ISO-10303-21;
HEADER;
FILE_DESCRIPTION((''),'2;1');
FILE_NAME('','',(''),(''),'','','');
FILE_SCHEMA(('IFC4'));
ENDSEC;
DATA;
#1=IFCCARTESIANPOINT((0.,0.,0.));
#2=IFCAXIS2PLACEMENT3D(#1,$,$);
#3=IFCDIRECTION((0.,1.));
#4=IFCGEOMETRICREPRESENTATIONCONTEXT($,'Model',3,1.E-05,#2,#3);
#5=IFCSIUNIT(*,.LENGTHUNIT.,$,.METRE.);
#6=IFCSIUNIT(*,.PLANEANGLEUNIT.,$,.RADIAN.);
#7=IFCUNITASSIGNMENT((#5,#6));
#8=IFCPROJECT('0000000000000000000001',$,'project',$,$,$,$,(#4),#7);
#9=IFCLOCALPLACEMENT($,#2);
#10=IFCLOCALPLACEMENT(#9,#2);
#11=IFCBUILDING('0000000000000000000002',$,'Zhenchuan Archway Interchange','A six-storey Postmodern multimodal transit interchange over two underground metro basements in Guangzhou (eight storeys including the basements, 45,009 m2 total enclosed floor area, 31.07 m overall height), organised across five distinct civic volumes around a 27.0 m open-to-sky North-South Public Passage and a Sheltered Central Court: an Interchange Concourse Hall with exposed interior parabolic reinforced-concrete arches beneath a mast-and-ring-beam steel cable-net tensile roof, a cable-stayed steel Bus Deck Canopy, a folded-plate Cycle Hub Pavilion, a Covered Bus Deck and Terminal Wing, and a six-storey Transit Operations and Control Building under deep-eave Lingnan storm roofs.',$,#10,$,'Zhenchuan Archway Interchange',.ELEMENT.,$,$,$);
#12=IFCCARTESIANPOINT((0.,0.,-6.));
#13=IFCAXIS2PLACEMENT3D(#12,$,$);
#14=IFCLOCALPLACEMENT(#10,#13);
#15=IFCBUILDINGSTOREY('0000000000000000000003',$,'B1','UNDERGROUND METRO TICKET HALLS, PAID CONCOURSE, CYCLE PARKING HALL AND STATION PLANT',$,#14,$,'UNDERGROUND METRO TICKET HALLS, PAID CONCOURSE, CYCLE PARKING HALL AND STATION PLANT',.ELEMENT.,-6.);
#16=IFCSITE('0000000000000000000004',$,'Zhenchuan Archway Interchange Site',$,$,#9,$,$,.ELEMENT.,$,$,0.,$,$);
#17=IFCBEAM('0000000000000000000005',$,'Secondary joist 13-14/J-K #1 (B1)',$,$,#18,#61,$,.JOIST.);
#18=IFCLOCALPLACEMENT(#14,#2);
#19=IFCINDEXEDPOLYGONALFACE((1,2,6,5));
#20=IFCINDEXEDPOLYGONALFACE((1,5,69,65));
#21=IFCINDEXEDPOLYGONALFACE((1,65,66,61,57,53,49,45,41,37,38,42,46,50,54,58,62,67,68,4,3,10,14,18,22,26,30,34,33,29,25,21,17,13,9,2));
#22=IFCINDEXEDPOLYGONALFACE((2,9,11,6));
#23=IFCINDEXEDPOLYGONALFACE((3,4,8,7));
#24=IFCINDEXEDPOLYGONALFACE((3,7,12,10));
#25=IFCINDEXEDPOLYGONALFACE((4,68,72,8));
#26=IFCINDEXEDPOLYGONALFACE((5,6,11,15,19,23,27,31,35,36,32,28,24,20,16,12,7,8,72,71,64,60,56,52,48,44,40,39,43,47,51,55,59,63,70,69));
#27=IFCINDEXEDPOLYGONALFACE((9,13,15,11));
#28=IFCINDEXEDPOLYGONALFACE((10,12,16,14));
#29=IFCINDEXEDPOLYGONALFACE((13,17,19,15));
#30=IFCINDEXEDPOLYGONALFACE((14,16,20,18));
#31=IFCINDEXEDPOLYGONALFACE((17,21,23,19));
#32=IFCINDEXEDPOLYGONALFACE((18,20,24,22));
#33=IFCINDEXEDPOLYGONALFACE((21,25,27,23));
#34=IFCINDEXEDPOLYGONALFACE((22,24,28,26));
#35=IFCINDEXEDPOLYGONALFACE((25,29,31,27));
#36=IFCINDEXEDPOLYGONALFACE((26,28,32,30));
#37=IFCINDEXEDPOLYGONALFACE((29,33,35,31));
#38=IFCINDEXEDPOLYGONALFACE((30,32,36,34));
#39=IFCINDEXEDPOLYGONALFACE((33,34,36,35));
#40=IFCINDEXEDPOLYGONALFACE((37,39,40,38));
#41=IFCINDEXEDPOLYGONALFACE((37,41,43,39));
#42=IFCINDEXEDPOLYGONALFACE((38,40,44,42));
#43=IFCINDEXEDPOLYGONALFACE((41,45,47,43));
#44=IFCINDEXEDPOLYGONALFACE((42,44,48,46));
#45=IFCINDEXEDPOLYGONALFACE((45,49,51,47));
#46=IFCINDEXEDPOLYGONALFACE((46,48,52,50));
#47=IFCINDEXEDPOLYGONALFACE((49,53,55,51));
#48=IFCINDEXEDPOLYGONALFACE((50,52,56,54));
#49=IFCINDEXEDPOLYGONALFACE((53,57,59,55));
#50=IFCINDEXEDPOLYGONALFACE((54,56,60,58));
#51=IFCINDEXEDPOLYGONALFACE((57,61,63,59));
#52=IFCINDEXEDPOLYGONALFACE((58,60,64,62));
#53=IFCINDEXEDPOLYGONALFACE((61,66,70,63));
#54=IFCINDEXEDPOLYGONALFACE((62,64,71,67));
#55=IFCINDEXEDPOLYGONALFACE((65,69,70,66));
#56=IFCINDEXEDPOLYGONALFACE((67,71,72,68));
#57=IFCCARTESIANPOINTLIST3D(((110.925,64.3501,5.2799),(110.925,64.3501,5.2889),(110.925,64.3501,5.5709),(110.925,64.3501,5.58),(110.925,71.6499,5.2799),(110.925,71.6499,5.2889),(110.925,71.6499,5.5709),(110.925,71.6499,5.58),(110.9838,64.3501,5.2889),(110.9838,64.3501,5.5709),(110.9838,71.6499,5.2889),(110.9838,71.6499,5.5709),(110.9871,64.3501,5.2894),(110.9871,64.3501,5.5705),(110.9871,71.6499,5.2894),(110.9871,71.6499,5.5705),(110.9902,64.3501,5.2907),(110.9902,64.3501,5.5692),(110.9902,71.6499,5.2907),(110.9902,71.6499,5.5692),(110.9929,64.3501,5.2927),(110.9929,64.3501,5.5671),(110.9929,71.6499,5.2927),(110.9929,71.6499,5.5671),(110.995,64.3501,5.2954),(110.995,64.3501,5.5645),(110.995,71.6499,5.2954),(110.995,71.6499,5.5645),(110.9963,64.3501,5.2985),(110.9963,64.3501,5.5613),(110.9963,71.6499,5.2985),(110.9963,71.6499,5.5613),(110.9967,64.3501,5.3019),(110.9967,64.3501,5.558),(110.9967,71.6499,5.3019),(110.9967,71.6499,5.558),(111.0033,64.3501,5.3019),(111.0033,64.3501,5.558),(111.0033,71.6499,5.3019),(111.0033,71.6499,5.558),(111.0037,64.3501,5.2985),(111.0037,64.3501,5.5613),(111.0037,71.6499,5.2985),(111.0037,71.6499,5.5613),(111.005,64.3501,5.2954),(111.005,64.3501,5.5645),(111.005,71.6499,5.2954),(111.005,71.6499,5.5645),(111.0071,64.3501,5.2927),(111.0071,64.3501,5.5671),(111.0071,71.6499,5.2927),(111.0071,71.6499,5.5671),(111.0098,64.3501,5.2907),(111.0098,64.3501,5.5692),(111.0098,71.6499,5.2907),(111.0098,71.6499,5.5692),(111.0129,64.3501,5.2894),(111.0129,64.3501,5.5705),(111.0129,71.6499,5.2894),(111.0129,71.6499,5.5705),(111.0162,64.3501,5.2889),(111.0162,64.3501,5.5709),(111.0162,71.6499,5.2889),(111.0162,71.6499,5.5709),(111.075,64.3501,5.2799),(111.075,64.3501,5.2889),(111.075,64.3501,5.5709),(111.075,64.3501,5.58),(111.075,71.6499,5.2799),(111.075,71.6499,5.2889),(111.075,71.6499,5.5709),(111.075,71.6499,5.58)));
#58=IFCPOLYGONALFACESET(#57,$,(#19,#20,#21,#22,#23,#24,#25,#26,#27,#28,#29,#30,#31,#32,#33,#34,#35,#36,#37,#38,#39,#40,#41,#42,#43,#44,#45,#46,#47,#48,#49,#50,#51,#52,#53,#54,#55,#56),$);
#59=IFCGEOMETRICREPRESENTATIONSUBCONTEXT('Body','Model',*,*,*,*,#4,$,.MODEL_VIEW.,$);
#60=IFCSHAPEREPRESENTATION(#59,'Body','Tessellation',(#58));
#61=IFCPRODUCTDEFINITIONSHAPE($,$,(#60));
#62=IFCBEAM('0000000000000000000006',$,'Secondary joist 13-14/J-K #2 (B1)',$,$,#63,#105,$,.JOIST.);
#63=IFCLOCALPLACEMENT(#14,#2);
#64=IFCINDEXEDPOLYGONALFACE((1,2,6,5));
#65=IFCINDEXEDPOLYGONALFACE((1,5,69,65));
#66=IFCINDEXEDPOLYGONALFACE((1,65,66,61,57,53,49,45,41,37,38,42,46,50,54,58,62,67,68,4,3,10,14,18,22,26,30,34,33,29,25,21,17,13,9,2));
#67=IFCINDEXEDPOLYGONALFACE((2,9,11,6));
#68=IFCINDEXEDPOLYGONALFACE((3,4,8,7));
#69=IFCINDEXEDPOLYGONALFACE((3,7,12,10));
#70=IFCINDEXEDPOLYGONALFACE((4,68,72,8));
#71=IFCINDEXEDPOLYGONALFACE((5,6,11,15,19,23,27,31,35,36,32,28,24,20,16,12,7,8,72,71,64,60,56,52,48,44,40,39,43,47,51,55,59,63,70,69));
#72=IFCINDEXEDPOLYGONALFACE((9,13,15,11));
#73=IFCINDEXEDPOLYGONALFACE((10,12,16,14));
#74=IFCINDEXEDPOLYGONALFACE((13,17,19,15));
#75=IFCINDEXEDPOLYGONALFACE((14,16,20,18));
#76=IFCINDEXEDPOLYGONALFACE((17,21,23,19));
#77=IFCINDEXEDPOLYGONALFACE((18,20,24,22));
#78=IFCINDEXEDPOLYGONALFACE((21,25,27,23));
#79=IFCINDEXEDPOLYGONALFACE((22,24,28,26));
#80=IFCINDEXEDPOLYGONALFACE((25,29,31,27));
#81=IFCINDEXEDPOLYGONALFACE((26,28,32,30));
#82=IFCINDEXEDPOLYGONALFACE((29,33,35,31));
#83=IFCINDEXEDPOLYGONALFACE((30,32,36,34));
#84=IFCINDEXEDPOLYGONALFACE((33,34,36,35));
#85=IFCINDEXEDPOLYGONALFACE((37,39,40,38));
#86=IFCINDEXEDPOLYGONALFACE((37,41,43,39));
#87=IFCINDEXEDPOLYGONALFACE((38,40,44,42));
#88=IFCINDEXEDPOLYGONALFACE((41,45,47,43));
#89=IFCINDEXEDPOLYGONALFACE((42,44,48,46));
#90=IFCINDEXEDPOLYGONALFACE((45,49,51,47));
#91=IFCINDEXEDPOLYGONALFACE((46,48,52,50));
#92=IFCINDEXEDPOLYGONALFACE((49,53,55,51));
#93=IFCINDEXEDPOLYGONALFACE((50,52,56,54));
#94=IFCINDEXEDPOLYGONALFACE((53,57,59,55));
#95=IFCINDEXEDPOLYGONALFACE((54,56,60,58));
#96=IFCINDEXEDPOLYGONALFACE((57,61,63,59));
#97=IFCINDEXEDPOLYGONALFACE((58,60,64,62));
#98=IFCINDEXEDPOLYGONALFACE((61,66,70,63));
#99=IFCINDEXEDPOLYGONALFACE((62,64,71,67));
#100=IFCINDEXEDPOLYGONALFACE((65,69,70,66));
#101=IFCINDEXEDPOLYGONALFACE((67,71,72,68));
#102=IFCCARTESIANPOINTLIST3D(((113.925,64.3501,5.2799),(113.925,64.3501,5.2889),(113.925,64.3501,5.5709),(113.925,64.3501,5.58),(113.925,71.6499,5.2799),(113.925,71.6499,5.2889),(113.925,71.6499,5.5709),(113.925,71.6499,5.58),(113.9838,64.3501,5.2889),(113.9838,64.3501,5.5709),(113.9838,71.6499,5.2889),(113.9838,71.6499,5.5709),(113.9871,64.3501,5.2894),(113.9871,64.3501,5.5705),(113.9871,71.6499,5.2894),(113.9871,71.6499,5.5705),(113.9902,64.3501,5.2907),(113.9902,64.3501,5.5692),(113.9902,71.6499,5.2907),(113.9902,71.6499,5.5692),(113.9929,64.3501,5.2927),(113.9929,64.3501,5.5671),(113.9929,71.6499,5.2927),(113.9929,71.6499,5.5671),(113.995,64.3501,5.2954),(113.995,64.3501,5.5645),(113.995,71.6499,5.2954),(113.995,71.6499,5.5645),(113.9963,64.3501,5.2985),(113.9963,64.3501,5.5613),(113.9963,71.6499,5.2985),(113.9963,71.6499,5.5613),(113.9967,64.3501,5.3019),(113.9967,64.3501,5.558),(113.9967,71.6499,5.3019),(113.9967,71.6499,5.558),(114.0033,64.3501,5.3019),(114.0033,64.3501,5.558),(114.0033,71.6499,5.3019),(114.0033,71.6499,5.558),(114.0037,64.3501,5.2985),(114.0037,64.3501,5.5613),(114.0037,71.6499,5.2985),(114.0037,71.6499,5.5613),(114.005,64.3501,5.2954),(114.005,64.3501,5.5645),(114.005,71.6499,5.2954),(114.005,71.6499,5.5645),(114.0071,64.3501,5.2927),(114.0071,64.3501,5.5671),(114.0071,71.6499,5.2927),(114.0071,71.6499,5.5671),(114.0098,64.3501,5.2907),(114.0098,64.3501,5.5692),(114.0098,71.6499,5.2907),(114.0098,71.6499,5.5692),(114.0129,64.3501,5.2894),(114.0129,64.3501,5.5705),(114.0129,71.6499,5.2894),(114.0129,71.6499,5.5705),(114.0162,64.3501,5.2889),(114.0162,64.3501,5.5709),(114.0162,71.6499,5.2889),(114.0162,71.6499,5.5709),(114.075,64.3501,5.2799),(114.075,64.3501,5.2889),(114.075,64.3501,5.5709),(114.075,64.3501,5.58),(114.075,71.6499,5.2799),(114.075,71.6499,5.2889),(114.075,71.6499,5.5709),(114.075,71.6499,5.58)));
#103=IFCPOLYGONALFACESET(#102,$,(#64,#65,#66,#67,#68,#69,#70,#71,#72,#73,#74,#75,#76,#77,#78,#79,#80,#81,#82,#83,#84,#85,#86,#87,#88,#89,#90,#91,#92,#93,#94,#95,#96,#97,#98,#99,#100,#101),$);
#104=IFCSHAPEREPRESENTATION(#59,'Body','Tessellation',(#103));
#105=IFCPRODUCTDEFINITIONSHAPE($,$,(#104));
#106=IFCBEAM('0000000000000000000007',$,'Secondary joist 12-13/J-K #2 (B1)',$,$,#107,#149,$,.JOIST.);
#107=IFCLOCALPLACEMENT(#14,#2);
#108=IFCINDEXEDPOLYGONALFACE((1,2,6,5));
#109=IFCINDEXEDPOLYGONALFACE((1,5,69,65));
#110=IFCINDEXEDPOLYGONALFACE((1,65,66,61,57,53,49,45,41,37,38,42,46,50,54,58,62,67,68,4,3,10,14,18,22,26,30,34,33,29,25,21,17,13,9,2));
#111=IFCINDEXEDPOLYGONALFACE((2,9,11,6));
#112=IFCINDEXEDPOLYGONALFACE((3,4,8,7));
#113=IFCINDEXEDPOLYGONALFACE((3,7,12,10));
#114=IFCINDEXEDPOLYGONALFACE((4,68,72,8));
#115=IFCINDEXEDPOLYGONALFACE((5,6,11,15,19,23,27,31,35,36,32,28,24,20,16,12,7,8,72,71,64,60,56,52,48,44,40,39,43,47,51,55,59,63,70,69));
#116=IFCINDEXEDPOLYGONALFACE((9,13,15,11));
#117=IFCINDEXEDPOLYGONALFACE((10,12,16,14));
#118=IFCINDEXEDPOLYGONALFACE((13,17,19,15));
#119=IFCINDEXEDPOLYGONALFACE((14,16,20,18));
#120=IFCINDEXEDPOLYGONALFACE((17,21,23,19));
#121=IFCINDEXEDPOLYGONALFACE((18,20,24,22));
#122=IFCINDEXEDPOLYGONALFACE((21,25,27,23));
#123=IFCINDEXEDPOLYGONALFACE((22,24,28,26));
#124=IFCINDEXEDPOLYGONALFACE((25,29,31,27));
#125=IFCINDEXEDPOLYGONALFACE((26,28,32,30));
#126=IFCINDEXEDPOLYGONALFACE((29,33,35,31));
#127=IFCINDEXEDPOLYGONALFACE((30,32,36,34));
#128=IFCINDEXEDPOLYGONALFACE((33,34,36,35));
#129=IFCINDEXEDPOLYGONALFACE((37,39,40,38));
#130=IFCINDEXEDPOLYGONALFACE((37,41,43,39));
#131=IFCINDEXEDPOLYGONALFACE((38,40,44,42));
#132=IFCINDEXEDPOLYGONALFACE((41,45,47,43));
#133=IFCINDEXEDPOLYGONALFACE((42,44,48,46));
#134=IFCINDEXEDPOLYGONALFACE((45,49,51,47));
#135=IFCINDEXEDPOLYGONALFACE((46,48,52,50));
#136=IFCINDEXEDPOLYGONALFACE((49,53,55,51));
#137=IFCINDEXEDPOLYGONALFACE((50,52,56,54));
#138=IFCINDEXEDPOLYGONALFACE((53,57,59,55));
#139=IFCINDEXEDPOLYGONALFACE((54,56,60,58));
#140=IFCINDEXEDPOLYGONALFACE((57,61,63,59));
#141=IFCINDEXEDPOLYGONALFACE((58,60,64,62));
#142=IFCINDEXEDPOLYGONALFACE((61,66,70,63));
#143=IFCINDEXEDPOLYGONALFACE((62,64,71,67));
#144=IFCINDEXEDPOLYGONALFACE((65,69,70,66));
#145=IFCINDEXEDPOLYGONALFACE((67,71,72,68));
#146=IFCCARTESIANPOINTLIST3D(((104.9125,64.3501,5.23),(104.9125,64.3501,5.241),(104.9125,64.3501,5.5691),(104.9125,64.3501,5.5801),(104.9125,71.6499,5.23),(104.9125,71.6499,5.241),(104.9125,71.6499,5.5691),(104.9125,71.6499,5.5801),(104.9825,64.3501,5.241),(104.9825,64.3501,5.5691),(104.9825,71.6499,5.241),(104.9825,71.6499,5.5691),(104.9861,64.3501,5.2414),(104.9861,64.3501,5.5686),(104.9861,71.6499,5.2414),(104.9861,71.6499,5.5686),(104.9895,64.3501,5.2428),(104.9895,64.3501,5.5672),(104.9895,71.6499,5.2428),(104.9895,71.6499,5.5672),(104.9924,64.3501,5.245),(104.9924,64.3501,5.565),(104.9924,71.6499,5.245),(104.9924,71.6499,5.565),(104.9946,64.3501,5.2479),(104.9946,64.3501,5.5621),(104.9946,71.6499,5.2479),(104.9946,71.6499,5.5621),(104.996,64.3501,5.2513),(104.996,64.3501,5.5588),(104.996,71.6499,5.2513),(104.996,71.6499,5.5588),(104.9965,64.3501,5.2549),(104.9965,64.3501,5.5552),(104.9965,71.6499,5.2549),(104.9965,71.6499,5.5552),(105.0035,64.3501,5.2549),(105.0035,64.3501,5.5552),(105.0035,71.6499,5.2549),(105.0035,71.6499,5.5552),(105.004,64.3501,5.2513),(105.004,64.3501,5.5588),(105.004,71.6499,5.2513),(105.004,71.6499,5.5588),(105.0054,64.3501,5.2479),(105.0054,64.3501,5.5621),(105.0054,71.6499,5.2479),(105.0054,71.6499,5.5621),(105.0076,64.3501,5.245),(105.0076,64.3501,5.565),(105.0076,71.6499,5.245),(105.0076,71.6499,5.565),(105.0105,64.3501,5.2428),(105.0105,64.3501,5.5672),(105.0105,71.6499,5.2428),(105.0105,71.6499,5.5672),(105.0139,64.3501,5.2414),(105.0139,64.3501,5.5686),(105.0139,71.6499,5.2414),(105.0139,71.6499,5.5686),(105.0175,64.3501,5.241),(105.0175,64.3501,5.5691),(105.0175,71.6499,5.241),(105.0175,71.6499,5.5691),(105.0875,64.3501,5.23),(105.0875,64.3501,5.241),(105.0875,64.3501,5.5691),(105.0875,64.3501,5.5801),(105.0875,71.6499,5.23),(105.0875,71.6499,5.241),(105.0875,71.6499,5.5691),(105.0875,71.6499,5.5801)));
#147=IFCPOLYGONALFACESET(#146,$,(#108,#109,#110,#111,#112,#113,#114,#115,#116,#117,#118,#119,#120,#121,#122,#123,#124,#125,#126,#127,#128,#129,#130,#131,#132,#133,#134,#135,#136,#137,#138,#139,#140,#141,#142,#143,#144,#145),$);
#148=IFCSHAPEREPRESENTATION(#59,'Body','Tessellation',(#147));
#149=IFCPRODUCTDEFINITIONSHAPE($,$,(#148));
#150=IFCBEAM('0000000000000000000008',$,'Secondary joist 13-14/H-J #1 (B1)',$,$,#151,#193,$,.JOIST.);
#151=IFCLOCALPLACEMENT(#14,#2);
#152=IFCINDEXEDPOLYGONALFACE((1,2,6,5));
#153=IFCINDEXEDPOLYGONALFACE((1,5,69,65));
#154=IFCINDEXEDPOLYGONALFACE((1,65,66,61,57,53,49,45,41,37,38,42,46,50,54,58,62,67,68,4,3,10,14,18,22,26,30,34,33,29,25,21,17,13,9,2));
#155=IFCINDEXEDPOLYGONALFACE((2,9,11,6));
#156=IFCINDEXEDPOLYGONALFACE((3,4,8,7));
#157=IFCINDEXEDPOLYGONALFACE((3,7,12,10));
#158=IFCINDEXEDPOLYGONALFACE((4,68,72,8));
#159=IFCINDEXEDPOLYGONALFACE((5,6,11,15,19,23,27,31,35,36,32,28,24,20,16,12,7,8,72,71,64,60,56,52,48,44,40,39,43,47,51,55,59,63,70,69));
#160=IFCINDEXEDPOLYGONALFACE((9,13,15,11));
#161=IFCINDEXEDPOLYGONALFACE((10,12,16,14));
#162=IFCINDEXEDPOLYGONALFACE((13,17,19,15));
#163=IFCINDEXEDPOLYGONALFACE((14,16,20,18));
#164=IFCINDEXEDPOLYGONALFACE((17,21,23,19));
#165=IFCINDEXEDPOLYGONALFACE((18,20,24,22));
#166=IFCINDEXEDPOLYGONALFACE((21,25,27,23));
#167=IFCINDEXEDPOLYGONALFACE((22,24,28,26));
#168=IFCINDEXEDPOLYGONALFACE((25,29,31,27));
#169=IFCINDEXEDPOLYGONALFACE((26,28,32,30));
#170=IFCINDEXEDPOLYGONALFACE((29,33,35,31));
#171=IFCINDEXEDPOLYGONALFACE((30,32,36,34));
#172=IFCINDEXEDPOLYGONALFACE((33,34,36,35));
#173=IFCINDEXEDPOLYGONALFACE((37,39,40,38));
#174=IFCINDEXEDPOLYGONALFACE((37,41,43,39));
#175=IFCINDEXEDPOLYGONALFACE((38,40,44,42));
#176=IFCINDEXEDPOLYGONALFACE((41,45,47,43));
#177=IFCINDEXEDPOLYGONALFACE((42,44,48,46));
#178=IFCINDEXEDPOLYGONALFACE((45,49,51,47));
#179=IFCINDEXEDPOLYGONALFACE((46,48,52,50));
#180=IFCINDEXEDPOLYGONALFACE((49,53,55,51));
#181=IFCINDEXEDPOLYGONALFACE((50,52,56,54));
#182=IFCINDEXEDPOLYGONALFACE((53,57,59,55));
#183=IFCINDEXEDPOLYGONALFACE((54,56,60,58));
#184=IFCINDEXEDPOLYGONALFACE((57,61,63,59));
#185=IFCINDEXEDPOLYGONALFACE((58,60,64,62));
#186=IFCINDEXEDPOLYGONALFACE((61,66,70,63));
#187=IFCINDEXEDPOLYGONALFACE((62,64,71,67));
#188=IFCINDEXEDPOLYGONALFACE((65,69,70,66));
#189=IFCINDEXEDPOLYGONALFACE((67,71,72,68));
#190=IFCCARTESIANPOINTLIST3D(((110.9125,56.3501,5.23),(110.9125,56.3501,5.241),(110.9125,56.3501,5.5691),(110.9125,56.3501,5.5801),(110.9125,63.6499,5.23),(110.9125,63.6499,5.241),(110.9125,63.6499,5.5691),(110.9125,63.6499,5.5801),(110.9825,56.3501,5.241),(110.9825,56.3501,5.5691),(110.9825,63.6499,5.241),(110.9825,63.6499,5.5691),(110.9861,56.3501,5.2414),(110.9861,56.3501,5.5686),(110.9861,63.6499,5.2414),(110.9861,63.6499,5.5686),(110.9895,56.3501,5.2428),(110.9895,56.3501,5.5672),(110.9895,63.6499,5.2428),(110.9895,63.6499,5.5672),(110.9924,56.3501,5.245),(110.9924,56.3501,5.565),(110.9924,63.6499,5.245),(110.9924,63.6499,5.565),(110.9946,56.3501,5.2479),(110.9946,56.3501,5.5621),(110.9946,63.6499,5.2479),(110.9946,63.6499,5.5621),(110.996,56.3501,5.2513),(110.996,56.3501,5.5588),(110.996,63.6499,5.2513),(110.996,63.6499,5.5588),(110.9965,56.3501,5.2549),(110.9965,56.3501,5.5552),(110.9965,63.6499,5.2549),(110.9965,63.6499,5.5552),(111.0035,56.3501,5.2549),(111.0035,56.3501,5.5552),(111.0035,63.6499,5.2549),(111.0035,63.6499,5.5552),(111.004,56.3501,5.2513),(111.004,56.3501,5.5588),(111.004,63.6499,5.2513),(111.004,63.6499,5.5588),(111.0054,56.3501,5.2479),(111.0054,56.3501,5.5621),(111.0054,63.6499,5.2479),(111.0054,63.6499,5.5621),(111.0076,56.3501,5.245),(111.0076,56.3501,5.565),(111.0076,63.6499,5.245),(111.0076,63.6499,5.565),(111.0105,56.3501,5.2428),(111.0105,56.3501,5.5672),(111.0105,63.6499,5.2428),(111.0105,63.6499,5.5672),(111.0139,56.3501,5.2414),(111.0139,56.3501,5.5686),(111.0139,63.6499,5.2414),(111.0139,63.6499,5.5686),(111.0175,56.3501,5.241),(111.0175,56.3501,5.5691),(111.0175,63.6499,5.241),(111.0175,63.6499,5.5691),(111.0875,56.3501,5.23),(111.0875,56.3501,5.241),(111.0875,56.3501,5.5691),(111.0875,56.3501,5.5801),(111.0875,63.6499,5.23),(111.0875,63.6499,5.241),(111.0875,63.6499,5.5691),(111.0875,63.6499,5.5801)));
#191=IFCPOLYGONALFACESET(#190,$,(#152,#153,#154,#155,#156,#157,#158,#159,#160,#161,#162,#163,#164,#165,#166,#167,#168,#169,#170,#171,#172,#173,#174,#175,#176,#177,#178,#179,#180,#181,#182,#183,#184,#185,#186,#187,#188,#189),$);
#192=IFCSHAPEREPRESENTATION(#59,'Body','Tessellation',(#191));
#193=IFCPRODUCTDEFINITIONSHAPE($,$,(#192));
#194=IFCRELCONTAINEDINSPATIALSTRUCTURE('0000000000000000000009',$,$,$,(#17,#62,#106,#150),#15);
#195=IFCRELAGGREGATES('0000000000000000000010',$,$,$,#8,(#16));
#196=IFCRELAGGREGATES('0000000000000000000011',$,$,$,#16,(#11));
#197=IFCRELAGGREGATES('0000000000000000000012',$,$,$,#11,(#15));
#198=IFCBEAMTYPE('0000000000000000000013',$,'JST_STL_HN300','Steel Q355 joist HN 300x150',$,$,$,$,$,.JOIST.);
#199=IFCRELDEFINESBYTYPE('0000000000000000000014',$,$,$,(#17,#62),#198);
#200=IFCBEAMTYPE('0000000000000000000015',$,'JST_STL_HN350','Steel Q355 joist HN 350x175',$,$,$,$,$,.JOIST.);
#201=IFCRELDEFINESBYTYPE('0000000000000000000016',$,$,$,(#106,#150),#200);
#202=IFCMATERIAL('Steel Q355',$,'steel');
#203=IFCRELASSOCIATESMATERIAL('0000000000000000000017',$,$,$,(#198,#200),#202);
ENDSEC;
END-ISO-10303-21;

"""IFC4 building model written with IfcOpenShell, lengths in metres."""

from ifc_helpers import new_model, si_unit, direction, frame, origin, origin_2d, place, context, subcontext, project, spatial, i_section, extrude, material, material_profile, profile_set, type_object, element, save


model = new_model("IFC4")

# Units and contexts
model_context = context("Model", 3, precision=1e-05, world=origin(), true_north=direction((0.0, 1.0)))
body_context = subcontext(model_context, "Body", "Model", "MODEL_VIEW")
ifc_project = project(units=[si_unit("LENGTHUNIT", "METRE"), si_unit("PLANEANGLEUNIT", "RADIAN")], contexts=[model_context])

# Site, building, storey
site_placement = place(None, origin())
site = spatial("IfcSite", under=ifc_project, at=site_placement, Name="Zhenchuan Archway Interchange Site", CompositionType="ELEMENT", RefElevation=0.0)
building_placement = place(site_placement, origin())
building = spatial("IfcBuilding", under=site, at=building_placement, Name="Zhenchuan Archway Interchange", Description="A six-storey Postmodern multimodal transit interchange over two underground metro basements in Guangzhou (eight storeys including the basements, 45,009 m2 total enclosed floor area, 31.07 m overall height), organised across five distinct civic volumes around a 27.0 m open-to-sky North-South Public Passage and a Sheltered Central Court: an Interchange Concourse Hall with exposed interior parabolic reinforced-concrete arches beneath a mast-and-ring-beam steel cable-net tensile roof, a cable-stayed steel Bus Deck Canopy, a folded-plate Cycle Hub Pavilion, a Covered Bus Deck and Terminal Wing, and a six-storey Transit Operations and Control Building under deep-eave Lingnan storm roofs.", LongName="Zhenchuan Archway Interchange", CompositionType="ELEMENT")
storey_placement = place(building_placement, frame((0.0, 0.0, -6.0)))
storey = spatial("IfcBuildingStorey", under=building, at=storey_placement, Name="B1", Description="UNDERGROUND METRO TICKET HALLS, PAID CONCOURSE, CYCLE PARKING HALL AND STATION PLANT", LongName="UNDERGROUND METRO TICKET HALLS, PAID CONCOURSE, CYCLE PARKING HALL AND STATION PLANT", CompositionType="ELEMENT", Elevation=-6.0)

# Beams
ifc_material_1 = material(Name="Steel Q355", Category="steel")
ifc_material_profile_1 = material_profile(ifc_material_1, i_section(OverallWidth=0.1499, OverallDepth=0.3, WebThickness=0.0066, FlangeThickness=0.009, FilletRadius=0.0129, at=origin_2d()), Name="HN 300x150")
ifc_profile_set_1 = profile_set([ifc_material_profile_1], Name="Steel Q355")
beam_type_1 = type_object("IfcBeamType", Name="JST_STL_HN300", Description="Steel Q355 joist HN 300x150", PredefinedType="JOIST", material=ifc_profile_set_1)
for number, where, z_axis, x_axis, name in (
    (1, (111.0, 64.3501, 5.4299), (0.0, 1.0, 0.0), (-1.0, 0.0, 0.0), "Secondary joist 13-14/J-K #1 (B1)"),
    (2, (114.0, 64.3501, 5.4299), (0.0, 1.0, 0.0), (-1.0, 0.0, 0.0), "Secondary joist 13-14/J-K #2 (B1)"),
):
    element("IfcBeam", number, at=place(storey_placement, frame(where, z_axis=z_axis, x_axis=x_axis)), inside=storey, type_object=beam_type_1, Name=name, PredefinedType="JOIST", context=body_context, shape_type="SweptSolid", body=[
        extrude(i_section(OverallWidth=0.1499, OverallDepth=0.3, WebThickness=0.0066, FlangeThickness=0.009, FilletRadius=0.0129, at=origin_2d()), origin(), (0.0, 0.0, 1.0), 7.2998),
    ])
ifc_material_profile_2 = material_profile(ifc_material_1, i_section(OverallWidth=0.175, OverallDepth=0.3501, WebThickness=0.0071, FlangeThickness=0.011, FilletRadius=0.0139, at=origin_2d()), Name="HN 350x175")
ifc_profile_set_2 = profile_set([ifc_material_profile_2], Name="Steel Q355")
beam_type_2 = type_object("IfcBeamType", Name="JST_STL_HN350", Description="Steel Q355 joist HN 350x175", PredefinedType="JOIST", material=ifc_profile_set_2)
for number, where, z_axis, x_axis, name in (
    (3, (105.0, 64.3501, 5.405), (0.0, 1.0, 0.0), (-1.0, 0.0, 0.0), "Secondary joist 12-13/J-K #2 (B1)"),
    (4, (111.0, 56.3501, 5.405), (0.0, 1.0, 0.0), (-1.0, 0.0, 0.0), "Secondary joist 13-14/H-J #1 (B1)"),
):
    element("IfcBeam", number, at=place(storey_placement, frame(where, z_axis=z_axis, x_axis=x_axis)), inside=storey, type_object=beam_type_2, Name=name, PredefinedType="JOIST", context=body_context, shape_type="SweptSolid", body=[
        extrude(i_section(OverallWidth=0.175, OverallDepth=0.3501, WebThickness=0.0071, FlangeThickness=0.011, FilletRadius=0.0139, at=origin_2d()), origin(), (0.0, 0.0, 1.0), 7.2998),
    ])

save(model, "model.ifc")
